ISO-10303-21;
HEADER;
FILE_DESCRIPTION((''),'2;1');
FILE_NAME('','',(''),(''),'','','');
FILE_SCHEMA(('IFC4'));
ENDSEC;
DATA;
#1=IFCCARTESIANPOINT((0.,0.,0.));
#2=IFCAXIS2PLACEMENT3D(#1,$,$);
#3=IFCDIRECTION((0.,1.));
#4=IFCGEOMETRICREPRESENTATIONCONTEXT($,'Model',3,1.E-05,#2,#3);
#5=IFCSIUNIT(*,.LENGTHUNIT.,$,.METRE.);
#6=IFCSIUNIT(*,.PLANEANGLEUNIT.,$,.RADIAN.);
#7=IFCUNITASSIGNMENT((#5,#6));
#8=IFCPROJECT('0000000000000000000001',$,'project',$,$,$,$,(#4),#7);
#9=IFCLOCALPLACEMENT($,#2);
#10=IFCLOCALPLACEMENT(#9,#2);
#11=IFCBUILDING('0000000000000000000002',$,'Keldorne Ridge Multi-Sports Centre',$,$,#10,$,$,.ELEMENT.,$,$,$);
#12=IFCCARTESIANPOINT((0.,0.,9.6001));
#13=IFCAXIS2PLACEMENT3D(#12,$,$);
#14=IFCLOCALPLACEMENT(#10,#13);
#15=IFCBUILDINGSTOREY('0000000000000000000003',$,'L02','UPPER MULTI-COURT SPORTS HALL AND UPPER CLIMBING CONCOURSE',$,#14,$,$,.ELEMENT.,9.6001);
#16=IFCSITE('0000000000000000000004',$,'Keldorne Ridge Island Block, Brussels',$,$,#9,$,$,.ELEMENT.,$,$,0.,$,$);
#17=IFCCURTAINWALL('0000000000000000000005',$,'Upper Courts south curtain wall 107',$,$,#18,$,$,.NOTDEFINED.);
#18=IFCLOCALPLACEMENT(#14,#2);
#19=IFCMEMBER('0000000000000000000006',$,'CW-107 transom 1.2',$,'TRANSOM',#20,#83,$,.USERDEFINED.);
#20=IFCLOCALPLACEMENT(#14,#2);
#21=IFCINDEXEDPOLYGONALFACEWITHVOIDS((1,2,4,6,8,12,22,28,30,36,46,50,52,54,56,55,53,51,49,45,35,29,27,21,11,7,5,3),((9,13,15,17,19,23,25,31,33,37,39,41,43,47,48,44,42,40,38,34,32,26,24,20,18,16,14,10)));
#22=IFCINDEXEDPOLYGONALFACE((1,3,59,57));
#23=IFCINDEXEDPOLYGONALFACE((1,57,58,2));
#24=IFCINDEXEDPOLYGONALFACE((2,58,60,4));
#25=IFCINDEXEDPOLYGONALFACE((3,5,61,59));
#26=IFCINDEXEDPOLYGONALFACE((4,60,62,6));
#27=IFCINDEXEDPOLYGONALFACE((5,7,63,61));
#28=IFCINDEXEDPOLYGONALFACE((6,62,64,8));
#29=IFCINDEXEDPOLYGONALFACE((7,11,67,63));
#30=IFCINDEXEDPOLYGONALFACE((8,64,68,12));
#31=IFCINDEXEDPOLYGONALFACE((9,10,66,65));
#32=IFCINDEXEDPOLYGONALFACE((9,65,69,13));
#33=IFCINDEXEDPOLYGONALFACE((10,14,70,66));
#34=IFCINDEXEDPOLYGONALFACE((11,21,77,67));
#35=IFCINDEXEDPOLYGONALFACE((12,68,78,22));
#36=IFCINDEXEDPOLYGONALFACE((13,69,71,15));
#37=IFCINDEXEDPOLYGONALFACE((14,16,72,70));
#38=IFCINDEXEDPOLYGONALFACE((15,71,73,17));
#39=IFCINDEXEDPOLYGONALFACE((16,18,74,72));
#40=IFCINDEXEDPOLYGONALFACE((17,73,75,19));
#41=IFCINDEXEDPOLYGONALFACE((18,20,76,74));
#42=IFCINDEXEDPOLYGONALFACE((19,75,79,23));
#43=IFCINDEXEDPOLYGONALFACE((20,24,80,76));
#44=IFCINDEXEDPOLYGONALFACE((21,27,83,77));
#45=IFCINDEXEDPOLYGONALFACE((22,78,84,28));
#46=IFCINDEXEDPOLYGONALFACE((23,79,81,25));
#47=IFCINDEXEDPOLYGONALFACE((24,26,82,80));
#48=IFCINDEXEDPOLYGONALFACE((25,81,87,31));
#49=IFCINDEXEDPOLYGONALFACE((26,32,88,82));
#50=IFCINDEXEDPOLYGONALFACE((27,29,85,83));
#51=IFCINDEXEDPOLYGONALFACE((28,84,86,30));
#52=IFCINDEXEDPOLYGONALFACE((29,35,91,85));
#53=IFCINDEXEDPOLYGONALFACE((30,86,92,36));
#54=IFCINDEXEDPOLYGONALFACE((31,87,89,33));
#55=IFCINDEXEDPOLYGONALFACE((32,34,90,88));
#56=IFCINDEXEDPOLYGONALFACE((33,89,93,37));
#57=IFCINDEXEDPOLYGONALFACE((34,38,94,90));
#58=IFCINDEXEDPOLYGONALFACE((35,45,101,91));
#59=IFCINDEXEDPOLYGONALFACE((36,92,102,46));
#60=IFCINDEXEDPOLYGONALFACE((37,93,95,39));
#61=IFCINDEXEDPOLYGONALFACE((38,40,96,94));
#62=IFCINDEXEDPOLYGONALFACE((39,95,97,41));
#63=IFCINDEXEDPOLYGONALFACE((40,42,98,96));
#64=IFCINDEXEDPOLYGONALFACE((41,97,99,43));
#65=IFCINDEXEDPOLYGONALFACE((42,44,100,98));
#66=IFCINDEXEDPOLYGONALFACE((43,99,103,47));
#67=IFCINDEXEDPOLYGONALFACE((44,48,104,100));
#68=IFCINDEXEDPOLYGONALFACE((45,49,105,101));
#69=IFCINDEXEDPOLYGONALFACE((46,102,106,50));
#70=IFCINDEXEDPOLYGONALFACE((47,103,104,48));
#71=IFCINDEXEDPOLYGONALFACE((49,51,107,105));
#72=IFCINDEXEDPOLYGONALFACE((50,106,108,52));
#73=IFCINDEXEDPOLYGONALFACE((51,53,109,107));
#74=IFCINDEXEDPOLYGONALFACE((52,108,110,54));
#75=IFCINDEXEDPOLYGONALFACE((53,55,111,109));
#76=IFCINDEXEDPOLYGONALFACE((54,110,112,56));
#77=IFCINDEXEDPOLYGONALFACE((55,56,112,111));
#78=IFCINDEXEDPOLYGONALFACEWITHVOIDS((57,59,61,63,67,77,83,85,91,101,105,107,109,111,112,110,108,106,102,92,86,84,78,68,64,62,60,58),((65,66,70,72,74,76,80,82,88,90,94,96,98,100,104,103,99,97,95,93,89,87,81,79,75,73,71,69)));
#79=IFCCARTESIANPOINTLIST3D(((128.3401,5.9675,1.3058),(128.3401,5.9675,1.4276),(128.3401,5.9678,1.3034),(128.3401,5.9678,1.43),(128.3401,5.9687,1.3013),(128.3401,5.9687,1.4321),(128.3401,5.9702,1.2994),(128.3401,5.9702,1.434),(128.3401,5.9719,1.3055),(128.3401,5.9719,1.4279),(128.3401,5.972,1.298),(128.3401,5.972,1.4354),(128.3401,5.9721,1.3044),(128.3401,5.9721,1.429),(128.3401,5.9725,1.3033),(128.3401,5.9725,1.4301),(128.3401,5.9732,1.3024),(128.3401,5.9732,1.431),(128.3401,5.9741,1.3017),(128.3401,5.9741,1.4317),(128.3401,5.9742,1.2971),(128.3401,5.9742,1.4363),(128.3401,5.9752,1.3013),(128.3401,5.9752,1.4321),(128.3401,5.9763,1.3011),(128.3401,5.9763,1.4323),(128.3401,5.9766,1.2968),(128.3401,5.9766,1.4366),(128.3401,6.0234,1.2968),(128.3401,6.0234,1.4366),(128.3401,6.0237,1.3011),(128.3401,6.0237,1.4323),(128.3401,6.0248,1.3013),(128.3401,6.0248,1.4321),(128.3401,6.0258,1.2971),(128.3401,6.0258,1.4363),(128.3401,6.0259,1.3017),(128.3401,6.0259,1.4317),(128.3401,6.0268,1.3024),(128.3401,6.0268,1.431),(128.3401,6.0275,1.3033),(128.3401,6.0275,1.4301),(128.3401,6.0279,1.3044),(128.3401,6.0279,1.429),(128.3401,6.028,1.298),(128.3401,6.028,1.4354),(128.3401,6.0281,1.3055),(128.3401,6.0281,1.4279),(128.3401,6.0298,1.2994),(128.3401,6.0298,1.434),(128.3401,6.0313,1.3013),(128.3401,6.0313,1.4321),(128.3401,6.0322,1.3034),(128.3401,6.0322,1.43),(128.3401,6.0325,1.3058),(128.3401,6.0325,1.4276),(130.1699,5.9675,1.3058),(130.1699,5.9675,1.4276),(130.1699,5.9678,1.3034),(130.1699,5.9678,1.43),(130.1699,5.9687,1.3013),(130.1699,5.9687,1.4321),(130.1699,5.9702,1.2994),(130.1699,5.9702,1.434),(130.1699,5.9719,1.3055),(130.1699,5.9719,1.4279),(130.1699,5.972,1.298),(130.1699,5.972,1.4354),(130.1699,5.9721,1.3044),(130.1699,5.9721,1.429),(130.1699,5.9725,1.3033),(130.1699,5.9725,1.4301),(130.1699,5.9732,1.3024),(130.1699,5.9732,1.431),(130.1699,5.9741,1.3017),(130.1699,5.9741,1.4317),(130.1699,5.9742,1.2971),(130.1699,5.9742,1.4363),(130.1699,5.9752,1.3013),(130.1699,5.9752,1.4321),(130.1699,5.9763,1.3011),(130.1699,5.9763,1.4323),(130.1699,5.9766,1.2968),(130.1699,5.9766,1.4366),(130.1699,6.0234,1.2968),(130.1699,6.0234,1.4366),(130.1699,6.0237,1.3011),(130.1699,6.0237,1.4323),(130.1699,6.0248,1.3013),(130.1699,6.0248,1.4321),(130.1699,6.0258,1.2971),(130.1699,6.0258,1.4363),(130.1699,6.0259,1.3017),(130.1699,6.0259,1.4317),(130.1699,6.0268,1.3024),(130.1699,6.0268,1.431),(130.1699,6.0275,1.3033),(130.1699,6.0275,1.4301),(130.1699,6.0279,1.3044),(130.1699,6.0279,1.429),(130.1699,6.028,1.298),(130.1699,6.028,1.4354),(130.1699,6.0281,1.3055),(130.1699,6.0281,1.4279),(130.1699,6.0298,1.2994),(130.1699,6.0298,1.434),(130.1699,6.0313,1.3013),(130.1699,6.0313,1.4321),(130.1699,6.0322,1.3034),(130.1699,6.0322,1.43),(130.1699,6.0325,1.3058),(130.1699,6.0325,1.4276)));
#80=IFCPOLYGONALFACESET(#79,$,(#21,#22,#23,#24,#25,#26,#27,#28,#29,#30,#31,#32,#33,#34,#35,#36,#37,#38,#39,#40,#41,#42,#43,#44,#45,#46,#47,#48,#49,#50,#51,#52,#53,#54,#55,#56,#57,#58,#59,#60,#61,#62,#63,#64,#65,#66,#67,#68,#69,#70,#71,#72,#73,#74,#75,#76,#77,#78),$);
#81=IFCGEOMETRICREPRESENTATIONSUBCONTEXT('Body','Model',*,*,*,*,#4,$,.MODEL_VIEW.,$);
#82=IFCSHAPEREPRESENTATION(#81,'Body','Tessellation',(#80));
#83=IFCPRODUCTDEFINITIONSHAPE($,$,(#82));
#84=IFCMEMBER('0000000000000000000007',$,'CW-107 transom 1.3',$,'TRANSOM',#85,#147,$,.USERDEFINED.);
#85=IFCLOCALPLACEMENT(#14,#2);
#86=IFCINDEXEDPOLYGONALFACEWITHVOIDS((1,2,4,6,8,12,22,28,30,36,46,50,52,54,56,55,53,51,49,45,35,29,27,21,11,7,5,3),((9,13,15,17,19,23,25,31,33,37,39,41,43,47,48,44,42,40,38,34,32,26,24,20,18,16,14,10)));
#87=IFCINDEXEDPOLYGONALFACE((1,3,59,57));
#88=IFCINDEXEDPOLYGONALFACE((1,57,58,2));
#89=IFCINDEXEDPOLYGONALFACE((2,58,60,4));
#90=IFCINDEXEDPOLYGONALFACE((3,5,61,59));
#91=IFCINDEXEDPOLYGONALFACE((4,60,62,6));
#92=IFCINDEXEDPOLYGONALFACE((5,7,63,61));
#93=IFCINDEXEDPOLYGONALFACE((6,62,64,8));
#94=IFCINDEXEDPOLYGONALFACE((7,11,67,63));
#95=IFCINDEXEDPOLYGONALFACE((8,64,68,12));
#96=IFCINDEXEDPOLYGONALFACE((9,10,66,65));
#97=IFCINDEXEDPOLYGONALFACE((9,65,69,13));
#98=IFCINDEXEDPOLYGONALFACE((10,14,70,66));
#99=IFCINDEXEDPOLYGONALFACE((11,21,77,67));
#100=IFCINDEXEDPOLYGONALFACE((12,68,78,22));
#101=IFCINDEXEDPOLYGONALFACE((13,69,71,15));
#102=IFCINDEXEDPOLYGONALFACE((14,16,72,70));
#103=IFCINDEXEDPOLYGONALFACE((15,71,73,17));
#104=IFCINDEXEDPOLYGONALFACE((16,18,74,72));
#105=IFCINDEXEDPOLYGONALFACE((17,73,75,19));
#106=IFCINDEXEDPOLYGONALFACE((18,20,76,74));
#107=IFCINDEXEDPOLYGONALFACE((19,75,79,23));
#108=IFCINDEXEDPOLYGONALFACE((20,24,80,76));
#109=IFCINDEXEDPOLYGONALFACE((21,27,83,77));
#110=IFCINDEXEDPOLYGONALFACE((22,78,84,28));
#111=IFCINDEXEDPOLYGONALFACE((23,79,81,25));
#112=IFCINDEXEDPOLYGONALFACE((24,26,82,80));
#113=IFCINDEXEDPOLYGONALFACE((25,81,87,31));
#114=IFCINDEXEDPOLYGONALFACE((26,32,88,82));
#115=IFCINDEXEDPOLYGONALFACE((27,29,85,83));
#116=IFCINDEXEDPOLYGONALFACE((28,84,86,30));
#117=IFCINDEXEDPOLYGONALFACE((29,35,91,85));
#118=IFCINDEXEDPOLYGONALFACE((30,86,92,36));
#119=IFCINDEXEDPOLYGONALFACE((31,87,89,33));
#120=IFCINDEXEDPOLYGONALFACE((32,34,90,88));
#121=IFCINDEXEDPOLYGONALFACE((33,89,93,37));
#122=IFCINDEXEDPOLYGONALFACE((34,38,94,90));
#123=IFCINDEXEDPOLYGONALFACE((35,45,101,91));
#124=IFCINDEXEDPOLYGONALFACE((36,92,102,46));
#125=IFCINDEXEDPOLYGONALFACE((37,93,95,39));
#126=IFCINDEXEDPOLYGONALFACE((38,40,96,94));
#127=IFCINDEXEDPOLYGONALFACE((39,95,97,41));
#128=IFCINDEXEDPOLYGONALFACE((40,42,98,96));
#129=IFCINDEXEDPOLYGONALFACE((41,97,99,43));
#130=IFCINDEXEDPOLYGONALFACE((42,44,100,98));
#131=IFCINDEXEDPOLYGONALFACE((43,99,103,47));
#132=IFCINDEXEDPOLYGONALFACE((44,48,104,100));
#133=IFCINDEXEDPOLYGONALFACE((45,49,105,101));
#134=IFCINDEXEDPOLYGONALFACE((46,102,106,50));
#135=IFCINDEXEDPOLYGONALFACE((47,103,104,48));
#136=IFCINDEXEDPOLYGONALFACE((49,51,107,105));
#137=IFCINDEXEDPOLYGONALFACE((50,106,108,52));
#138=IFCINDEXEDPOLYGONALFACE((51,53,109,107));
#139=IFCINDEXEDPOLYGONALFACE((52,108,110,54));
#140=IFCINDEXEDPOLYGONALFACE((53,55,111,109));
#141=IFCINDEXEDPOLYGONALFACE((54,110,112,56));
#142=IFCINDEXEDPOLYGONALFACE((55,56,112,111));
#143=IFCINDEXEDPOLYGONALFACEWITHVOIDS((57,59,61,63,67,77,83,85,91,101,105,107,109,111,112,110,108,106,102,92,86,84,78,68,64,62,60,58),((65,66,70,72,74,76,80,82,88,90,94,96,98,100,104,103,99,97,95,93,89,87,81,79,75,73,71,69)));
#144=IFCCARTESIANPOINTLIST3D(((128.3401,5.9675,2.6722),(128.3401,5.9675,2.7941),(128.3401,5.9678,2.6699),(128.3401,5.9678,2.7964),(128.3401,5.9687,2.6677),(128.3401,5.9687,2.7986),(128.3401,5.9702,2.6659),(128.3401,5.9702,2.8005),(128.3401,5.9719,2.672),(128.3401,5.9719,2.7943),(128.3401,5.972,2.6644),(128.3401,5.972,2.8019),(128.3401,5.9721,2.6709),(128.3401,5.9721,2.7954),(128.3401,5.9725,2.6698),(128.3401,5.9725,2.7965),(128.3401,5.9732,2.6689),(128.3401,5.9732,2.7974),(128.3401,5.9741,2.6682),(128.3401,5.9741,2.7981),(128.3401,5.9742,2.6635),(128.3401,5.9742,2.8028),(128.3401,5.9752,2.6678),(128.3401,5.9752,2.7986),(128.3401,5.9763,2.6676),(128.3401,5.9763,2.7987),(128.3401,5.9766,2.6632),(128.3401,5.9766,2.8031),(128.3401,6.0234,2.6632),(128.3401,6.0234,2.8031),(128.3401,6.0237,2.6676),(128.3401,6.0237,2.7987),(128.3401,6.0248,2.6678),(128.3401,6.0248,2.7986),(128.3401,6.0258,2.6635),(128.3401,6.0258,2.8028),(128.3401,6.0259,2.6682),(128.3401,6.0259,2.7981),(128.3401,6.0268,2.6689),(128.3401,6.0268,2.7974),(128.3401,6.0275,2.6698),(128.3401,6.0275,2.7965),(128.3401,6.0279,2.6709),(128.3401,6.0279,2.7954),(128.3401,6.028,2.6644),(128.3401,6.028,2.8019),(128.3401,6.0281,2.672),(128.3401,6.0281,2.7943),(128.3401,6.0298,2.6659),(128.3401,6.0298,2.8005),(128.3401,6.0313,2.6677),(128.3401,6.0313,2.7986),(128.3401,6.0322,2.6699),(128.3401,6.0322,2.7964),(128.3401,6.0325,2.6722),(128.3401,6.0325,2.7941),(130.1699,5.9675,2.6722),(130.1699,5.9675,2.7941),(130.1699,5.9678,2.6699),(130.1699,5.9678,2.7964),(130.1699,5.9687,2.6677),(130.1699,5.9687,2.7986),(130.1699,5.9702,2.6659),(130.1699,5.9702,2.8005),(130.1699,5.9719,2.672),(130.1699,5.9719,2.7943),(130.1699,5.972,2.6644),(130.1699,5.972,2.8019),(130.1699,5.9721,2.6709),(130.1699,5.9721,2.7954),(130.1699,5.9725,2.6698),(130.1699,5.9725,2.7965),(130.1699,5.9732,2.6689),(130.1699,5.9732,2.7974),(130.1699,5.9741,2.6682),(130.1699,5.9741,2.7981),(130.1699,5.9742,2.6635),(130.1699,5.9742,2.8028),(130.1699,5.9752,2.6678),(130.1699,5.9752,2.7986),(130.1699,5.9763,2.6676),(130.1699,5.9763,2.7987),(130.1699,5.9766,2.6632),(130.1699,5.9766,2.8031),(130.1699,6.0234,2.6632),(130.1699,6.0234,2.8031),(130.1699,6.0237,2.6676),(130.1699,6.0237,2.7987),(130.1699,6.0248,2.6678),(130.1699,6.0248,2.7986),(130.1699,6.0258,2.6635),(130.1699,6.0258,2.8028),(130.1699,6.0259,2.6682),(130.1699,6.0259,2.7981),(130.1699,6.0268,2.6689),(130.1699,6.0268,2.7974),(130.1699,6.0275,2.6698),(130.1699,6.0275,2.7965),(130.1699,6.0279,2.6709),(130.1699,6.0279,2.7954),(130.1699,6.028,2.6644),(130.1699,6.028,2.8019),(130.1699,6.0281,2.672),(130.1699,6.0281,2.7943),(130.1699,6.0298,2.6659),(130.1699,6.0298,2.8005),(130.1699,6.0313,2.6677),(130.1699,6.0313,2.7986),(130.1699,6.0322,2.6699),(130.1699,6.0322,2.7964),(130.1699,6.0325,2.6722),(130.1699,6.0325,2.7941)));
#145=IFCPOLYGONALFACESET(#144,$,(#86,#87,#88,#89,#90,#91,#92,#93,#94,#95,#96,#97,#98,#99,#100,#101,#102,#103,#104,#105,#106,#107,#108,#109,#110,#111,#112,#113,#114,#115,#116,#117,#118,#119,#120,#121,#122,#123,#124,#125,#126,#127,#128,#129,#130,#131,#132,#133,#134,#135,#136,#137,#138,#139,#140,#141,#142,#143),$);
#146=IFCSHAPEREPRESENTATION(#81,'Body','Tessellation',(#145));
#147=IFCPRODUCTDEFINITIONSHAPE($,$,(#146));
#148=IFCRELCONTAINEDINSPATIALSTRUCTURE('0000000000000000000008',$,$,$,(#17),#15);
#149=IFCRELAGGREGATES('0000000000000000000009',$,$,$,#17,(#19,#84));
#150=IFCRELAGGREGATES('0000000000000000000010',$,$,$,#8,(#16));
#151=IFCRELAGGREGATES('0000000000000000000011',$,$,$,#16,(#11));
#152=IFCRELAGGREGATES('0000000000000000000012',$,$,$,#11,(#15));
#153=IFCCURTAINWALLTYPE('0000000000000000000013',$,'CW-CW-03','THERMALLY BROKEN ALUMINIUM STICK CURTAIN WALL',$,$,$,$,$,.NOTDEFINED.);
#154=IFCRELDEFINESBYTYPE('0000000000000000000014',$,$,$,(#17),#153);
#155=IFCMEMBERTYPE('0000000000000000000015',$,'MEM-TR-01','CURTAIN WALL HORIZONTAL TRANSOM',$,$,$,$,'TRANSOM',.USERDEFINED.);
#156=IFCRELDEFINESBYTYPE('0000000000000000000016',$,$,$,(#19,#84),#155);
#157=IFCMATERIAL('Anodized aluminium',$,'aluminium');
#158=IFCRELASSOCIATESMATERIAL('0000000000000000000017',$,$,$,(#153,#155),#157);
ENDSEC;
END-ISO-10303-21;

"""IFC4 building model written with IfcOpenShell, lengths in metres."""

from ifc_helpers import new_model, si_unit, direction, frame, origin, origin_2d, place, context, subcontext, project, spatial, hollow_rectangle, extrude, material, material_profile, profile_set, type_object, element, aggregate, save


model = new_model("IFC4")

# Units and contexts
model_context = context("Model", 3, precision=1e-05, world=origin(), true_north=direction((0.0, 1.0)))
body_context = subcontext(model_context, "Body", "Model", "MODEL_VIEW")
ifc_project = project(units=[si_unit("LENGTHUNIT", "METRE"), si_unit("PLANEANGLEUNIT", "RADIAN")], contexts=[model_context])

# Site, building, storey
site_placement = place(None, origin())
site = spatial("IfcSite", under=ifc_project, at=site_placement, Name="Keldorne Ridge Island Block, Brussels", CompositionType="ELEMENT", RefElevation=0.0)
building_placement = place(site_placement, origin())
building = spatial("IfcBuilding", under=site, at=building_placement, Name="Keldorne Ridge Multi-Sports Centre", CompositionType="ELEMENT")
storey_placement = place(building_placement, frame((0.0, 0.0, 9.6001)))
storey = spatial("IfcBuildingStorey", under=building, at=storey_placement, Name="L02", Description="UPPER MULTI-COURT SPORTS HALL AND UPPER CLIMBING CONCOURSE", CompositionType="ELEMENT", Elevation=9.6001)

# Curtain wall, members
ifc_material_1 = material(Name="Anodized aluminium", Category="aluminium")
curtain_wall_type = type_object("IfcCurtainWallType", Name="CW-CW-03", Description="THERMALLY BROKEN ALUMINIUM STICK CURTAIN WALL", PredefinedType="NOTDEFINED", material=ifc_material_1)
curtain_wall_placement = place(storey_placement, origin())
curtain_wall = element("IfcCurtainWall", 1, at=curtain_wall_placement, inside=storey, type_object=curtain_wall_type, Name="Upper Courts south curtain wall 107", PredefinedType="NOTDEFINED")
ifc_material_profile_1 = material_profile(ifc_material_1, hollow_rectangle(XDim=0.0649, YDim=0.1399, WallThickness=0.0044, InnerFilletRadius=0.0044, OuterFilletRadius=0.009, at=origin_2d()), Name="ALU TRANSOM 140x65x4.5")
ifc_profile_set_1 = profile_set([ifc_material_profile_1], Name="Anodized aluminium")
member_type_1 = type_object("IfcMemberType", Name="MEM-TR-01", Description="CURTAIN WALL HORIZONTAL TRANSOM", ElementType="TRANSOM", PredefinedType="USERDEFINED", material=ifc_profile_set_1)
member_1_placement = place(storey_placement, frame((128.3401, 6.0, 1.3667), z_axis=(1.0, 0.0, 0.0), x_axis=(0.0, 1.0, 0.0)))
member_1 = element("IfcMember", 2, at=member_1_placement, type_object=member_type_1, Name="CW-107 transom 1.2", ObjectType="TRANSOM", PredefinedType="USERDEFINED", context=body_context, shape_type="SweptSolid", body=[
    extrude(hollow_rectangle(XDim=0.0649, YDim=0.1399, WallThickness=0.0044, InnerFilletRadius=0.0044, OuterFilletRadius=0.009, at=origin_2d()), origin(), (0.0, 0.0, 1.0), 1.8298),
])
member_2_placement = place(storey_placement, frame((128.3401, 6.0, 2.7332), z_axis=(1.0, 0.0, 0.0), x_axis=(0.0, 1.0, 0.0)))
member_2 = element("IfcMember", 3, at=member_2_placement, type_object=member_type_1, Name="CW-107 transom 1.3", ObjectType="TRANSOM", PredefinedType="USERDEFINED", context=body_context, shape_type="SweptSolid", body=[
    extrude(hollow_rectangle(XDim=0.0649, YDim=0.1399, WallThickness=0.0044, InnerFilletRadius=0.0044, OuterFilletRadius=0.009, at=origin_2d()), origin(), (0.0, 0.0, 1.0), 1.8298),
])
aggregate(curtain_wall, [member_1, member_2])

save(model, "model.ifc")
